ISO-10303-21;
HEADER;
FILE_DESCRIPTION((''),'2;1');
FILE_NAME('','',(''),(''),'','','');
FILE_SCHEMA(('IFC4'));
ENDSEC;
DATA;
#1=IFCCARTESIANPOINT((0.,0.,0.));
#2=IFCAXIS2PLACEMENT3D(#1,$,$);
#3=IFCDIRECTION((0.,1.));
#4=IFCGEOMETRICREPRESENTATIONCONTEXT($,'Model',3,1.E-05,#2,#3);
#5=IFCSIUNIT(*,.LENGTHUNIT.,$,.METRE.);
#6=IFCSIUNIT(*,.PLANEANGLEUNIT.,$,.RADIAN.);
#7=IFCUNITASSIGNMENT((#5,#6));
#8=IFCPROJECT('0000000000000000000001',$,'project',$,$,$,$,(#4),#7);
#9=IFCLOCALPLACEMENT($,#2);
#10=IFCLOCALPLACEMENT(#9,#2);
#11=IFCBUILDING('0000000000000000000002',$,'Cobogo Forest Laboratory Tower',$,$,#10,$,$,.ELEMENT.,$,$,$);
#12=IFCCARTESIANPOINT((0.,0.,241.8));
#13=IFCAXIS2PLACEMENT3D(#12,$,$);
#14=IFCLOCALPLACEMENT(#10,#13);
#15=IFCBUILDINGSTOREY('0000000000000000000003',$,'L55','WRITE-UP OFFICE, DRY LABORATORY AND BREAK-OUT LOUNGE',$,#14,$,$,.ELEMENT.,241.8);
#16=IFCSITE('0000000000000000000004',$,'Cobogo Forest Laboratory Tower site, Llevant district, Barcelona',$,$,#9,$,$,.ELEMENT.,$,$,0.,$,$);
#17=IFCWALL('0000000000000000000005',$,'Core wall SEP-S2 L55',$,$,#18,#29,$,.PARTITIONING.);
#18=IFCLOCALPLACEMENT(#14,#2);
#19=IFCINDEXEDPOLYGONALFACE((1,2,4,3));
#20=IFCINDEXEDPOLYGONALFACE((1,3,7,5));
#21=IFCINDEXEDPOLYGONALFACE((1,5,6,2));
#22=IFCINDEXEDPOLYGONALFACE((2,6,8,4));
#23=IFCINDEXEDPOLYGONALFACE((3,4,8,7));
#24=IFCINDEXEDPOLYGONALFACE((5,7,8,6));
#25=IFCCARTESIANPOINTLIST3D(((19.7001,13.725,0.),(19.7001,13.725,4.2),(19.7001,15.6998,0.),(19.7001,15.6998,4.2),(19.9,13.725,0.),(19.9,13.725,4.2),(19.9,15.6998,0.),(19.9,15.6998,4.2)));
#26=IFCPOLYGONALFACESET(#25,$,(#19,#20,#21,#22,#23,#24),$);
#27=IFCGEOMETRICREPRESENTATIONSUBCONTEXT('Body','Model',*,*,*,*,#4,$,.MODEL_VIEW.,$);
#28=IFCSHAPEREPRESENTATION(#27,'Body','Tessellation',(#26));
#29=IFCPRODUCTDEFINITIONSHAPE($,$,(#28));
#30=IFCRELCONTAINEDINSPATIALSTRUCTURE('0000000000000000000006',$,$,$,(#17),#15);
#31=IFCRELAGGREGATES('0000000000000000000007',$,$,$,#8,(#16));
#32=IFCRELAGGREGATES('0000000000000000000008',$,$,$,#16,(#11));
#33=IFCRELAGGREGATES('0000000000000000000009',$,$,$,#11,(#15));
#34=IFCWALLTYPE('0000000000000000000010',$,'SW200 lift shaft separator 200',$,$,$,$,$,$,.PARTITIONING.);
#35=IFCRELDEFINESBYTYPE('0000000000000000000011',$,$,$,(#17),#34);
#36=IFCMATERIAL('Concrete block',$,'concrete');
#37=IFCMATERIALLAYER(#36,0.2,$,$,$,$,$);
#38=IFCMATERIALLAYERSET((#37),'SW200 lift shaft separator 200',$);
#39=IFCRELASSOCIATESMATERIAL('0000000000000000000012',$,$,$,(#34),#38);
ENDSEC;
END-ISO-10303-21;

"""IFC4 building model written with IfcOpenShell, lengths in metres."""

from ifc_helpers import new_model, si_unit, direction, frame, frame_2d, origin, place, context, subcontext, project, spatial, rectangle, extrude, material, layer, layer_set, type_object, element, save


model = new_model("IFC4")

# Units and contexts
model_context = context("Model", 3, precision=1e-05, world=origin(), true_north=direction((0.0, 1.0)))
body_context = subcontext(model_context, "Body", "Model", "MODEL_VIEW")
ifc_project = project(units=[si_unit("LENGTHUNIT", "METRE"), si_unit("PLANEANGLEUNIT", "RADIAN")], contexts=[model_context])

# Site, building, storey
site_placement = place(None, origin())
site = spatial("IfcSite", under=ifc_project, at=site_placement, Name="Cobogo Forest Laboratory Tower site, Llevant district, Barcelona", CompositionType="ELEMENT", RefElevation=0.0)
building_placement = place(site_placement, origin())
building = spatial("IfcBuilding", under=site, at=building_placement, Name="Cobogo Forest Laboratory Tower", CompositionType="ELEMENT")
storey_placement = place(building_placement, frame((0.0, 0.0, 241.8)))
storey = spatial("IfcBuildingStorey", under=building, at=storey_placement, Name="L55", Description="WRITE-UP OFFICE, DRY LABORATORY AND BREAK-OUT LOUNGE", CompositionType="ELEMENT", Elevation=241.8)

# Wall
ifc_material_1 = material(Name="Concrete block", Category="concrete")
ifc_layer_1 = layer(ifc_material_1, 0.2)
ifc_layer_set_1 = layer_set([ifc_layer_1], Name="SW200 lift shaft separator 200")
wall_type_1 = type_object("IfcWallType", Name="SW200 lift shaft separator 200", PredefinedType="PARTITIONING", material=ifc_layer_set_1)
wall_1_placement = place(storey_placement, frame((19.8, 13.7251, 0.0), z_axis=(0.0, 0.0, 1.0), x_axis=(0.0, 1.0, 0.0)))
element("IfcWall", 1, at=wall_1_placement, inside=storey, type_object=wall_type_1, Name="Core wall SEP-S2 L55", PredefinedType="PARTITIONING", context=body_context, shape_type="SweptSolid", body=[
    extrude(rectangle(XDim=1.9749, YDim=0.2, at=frame_2d((0.9873, 0.0))), origin(), (0.0, 0.0, 1.0), 4.2),
])

save(model, "model.ifc")
